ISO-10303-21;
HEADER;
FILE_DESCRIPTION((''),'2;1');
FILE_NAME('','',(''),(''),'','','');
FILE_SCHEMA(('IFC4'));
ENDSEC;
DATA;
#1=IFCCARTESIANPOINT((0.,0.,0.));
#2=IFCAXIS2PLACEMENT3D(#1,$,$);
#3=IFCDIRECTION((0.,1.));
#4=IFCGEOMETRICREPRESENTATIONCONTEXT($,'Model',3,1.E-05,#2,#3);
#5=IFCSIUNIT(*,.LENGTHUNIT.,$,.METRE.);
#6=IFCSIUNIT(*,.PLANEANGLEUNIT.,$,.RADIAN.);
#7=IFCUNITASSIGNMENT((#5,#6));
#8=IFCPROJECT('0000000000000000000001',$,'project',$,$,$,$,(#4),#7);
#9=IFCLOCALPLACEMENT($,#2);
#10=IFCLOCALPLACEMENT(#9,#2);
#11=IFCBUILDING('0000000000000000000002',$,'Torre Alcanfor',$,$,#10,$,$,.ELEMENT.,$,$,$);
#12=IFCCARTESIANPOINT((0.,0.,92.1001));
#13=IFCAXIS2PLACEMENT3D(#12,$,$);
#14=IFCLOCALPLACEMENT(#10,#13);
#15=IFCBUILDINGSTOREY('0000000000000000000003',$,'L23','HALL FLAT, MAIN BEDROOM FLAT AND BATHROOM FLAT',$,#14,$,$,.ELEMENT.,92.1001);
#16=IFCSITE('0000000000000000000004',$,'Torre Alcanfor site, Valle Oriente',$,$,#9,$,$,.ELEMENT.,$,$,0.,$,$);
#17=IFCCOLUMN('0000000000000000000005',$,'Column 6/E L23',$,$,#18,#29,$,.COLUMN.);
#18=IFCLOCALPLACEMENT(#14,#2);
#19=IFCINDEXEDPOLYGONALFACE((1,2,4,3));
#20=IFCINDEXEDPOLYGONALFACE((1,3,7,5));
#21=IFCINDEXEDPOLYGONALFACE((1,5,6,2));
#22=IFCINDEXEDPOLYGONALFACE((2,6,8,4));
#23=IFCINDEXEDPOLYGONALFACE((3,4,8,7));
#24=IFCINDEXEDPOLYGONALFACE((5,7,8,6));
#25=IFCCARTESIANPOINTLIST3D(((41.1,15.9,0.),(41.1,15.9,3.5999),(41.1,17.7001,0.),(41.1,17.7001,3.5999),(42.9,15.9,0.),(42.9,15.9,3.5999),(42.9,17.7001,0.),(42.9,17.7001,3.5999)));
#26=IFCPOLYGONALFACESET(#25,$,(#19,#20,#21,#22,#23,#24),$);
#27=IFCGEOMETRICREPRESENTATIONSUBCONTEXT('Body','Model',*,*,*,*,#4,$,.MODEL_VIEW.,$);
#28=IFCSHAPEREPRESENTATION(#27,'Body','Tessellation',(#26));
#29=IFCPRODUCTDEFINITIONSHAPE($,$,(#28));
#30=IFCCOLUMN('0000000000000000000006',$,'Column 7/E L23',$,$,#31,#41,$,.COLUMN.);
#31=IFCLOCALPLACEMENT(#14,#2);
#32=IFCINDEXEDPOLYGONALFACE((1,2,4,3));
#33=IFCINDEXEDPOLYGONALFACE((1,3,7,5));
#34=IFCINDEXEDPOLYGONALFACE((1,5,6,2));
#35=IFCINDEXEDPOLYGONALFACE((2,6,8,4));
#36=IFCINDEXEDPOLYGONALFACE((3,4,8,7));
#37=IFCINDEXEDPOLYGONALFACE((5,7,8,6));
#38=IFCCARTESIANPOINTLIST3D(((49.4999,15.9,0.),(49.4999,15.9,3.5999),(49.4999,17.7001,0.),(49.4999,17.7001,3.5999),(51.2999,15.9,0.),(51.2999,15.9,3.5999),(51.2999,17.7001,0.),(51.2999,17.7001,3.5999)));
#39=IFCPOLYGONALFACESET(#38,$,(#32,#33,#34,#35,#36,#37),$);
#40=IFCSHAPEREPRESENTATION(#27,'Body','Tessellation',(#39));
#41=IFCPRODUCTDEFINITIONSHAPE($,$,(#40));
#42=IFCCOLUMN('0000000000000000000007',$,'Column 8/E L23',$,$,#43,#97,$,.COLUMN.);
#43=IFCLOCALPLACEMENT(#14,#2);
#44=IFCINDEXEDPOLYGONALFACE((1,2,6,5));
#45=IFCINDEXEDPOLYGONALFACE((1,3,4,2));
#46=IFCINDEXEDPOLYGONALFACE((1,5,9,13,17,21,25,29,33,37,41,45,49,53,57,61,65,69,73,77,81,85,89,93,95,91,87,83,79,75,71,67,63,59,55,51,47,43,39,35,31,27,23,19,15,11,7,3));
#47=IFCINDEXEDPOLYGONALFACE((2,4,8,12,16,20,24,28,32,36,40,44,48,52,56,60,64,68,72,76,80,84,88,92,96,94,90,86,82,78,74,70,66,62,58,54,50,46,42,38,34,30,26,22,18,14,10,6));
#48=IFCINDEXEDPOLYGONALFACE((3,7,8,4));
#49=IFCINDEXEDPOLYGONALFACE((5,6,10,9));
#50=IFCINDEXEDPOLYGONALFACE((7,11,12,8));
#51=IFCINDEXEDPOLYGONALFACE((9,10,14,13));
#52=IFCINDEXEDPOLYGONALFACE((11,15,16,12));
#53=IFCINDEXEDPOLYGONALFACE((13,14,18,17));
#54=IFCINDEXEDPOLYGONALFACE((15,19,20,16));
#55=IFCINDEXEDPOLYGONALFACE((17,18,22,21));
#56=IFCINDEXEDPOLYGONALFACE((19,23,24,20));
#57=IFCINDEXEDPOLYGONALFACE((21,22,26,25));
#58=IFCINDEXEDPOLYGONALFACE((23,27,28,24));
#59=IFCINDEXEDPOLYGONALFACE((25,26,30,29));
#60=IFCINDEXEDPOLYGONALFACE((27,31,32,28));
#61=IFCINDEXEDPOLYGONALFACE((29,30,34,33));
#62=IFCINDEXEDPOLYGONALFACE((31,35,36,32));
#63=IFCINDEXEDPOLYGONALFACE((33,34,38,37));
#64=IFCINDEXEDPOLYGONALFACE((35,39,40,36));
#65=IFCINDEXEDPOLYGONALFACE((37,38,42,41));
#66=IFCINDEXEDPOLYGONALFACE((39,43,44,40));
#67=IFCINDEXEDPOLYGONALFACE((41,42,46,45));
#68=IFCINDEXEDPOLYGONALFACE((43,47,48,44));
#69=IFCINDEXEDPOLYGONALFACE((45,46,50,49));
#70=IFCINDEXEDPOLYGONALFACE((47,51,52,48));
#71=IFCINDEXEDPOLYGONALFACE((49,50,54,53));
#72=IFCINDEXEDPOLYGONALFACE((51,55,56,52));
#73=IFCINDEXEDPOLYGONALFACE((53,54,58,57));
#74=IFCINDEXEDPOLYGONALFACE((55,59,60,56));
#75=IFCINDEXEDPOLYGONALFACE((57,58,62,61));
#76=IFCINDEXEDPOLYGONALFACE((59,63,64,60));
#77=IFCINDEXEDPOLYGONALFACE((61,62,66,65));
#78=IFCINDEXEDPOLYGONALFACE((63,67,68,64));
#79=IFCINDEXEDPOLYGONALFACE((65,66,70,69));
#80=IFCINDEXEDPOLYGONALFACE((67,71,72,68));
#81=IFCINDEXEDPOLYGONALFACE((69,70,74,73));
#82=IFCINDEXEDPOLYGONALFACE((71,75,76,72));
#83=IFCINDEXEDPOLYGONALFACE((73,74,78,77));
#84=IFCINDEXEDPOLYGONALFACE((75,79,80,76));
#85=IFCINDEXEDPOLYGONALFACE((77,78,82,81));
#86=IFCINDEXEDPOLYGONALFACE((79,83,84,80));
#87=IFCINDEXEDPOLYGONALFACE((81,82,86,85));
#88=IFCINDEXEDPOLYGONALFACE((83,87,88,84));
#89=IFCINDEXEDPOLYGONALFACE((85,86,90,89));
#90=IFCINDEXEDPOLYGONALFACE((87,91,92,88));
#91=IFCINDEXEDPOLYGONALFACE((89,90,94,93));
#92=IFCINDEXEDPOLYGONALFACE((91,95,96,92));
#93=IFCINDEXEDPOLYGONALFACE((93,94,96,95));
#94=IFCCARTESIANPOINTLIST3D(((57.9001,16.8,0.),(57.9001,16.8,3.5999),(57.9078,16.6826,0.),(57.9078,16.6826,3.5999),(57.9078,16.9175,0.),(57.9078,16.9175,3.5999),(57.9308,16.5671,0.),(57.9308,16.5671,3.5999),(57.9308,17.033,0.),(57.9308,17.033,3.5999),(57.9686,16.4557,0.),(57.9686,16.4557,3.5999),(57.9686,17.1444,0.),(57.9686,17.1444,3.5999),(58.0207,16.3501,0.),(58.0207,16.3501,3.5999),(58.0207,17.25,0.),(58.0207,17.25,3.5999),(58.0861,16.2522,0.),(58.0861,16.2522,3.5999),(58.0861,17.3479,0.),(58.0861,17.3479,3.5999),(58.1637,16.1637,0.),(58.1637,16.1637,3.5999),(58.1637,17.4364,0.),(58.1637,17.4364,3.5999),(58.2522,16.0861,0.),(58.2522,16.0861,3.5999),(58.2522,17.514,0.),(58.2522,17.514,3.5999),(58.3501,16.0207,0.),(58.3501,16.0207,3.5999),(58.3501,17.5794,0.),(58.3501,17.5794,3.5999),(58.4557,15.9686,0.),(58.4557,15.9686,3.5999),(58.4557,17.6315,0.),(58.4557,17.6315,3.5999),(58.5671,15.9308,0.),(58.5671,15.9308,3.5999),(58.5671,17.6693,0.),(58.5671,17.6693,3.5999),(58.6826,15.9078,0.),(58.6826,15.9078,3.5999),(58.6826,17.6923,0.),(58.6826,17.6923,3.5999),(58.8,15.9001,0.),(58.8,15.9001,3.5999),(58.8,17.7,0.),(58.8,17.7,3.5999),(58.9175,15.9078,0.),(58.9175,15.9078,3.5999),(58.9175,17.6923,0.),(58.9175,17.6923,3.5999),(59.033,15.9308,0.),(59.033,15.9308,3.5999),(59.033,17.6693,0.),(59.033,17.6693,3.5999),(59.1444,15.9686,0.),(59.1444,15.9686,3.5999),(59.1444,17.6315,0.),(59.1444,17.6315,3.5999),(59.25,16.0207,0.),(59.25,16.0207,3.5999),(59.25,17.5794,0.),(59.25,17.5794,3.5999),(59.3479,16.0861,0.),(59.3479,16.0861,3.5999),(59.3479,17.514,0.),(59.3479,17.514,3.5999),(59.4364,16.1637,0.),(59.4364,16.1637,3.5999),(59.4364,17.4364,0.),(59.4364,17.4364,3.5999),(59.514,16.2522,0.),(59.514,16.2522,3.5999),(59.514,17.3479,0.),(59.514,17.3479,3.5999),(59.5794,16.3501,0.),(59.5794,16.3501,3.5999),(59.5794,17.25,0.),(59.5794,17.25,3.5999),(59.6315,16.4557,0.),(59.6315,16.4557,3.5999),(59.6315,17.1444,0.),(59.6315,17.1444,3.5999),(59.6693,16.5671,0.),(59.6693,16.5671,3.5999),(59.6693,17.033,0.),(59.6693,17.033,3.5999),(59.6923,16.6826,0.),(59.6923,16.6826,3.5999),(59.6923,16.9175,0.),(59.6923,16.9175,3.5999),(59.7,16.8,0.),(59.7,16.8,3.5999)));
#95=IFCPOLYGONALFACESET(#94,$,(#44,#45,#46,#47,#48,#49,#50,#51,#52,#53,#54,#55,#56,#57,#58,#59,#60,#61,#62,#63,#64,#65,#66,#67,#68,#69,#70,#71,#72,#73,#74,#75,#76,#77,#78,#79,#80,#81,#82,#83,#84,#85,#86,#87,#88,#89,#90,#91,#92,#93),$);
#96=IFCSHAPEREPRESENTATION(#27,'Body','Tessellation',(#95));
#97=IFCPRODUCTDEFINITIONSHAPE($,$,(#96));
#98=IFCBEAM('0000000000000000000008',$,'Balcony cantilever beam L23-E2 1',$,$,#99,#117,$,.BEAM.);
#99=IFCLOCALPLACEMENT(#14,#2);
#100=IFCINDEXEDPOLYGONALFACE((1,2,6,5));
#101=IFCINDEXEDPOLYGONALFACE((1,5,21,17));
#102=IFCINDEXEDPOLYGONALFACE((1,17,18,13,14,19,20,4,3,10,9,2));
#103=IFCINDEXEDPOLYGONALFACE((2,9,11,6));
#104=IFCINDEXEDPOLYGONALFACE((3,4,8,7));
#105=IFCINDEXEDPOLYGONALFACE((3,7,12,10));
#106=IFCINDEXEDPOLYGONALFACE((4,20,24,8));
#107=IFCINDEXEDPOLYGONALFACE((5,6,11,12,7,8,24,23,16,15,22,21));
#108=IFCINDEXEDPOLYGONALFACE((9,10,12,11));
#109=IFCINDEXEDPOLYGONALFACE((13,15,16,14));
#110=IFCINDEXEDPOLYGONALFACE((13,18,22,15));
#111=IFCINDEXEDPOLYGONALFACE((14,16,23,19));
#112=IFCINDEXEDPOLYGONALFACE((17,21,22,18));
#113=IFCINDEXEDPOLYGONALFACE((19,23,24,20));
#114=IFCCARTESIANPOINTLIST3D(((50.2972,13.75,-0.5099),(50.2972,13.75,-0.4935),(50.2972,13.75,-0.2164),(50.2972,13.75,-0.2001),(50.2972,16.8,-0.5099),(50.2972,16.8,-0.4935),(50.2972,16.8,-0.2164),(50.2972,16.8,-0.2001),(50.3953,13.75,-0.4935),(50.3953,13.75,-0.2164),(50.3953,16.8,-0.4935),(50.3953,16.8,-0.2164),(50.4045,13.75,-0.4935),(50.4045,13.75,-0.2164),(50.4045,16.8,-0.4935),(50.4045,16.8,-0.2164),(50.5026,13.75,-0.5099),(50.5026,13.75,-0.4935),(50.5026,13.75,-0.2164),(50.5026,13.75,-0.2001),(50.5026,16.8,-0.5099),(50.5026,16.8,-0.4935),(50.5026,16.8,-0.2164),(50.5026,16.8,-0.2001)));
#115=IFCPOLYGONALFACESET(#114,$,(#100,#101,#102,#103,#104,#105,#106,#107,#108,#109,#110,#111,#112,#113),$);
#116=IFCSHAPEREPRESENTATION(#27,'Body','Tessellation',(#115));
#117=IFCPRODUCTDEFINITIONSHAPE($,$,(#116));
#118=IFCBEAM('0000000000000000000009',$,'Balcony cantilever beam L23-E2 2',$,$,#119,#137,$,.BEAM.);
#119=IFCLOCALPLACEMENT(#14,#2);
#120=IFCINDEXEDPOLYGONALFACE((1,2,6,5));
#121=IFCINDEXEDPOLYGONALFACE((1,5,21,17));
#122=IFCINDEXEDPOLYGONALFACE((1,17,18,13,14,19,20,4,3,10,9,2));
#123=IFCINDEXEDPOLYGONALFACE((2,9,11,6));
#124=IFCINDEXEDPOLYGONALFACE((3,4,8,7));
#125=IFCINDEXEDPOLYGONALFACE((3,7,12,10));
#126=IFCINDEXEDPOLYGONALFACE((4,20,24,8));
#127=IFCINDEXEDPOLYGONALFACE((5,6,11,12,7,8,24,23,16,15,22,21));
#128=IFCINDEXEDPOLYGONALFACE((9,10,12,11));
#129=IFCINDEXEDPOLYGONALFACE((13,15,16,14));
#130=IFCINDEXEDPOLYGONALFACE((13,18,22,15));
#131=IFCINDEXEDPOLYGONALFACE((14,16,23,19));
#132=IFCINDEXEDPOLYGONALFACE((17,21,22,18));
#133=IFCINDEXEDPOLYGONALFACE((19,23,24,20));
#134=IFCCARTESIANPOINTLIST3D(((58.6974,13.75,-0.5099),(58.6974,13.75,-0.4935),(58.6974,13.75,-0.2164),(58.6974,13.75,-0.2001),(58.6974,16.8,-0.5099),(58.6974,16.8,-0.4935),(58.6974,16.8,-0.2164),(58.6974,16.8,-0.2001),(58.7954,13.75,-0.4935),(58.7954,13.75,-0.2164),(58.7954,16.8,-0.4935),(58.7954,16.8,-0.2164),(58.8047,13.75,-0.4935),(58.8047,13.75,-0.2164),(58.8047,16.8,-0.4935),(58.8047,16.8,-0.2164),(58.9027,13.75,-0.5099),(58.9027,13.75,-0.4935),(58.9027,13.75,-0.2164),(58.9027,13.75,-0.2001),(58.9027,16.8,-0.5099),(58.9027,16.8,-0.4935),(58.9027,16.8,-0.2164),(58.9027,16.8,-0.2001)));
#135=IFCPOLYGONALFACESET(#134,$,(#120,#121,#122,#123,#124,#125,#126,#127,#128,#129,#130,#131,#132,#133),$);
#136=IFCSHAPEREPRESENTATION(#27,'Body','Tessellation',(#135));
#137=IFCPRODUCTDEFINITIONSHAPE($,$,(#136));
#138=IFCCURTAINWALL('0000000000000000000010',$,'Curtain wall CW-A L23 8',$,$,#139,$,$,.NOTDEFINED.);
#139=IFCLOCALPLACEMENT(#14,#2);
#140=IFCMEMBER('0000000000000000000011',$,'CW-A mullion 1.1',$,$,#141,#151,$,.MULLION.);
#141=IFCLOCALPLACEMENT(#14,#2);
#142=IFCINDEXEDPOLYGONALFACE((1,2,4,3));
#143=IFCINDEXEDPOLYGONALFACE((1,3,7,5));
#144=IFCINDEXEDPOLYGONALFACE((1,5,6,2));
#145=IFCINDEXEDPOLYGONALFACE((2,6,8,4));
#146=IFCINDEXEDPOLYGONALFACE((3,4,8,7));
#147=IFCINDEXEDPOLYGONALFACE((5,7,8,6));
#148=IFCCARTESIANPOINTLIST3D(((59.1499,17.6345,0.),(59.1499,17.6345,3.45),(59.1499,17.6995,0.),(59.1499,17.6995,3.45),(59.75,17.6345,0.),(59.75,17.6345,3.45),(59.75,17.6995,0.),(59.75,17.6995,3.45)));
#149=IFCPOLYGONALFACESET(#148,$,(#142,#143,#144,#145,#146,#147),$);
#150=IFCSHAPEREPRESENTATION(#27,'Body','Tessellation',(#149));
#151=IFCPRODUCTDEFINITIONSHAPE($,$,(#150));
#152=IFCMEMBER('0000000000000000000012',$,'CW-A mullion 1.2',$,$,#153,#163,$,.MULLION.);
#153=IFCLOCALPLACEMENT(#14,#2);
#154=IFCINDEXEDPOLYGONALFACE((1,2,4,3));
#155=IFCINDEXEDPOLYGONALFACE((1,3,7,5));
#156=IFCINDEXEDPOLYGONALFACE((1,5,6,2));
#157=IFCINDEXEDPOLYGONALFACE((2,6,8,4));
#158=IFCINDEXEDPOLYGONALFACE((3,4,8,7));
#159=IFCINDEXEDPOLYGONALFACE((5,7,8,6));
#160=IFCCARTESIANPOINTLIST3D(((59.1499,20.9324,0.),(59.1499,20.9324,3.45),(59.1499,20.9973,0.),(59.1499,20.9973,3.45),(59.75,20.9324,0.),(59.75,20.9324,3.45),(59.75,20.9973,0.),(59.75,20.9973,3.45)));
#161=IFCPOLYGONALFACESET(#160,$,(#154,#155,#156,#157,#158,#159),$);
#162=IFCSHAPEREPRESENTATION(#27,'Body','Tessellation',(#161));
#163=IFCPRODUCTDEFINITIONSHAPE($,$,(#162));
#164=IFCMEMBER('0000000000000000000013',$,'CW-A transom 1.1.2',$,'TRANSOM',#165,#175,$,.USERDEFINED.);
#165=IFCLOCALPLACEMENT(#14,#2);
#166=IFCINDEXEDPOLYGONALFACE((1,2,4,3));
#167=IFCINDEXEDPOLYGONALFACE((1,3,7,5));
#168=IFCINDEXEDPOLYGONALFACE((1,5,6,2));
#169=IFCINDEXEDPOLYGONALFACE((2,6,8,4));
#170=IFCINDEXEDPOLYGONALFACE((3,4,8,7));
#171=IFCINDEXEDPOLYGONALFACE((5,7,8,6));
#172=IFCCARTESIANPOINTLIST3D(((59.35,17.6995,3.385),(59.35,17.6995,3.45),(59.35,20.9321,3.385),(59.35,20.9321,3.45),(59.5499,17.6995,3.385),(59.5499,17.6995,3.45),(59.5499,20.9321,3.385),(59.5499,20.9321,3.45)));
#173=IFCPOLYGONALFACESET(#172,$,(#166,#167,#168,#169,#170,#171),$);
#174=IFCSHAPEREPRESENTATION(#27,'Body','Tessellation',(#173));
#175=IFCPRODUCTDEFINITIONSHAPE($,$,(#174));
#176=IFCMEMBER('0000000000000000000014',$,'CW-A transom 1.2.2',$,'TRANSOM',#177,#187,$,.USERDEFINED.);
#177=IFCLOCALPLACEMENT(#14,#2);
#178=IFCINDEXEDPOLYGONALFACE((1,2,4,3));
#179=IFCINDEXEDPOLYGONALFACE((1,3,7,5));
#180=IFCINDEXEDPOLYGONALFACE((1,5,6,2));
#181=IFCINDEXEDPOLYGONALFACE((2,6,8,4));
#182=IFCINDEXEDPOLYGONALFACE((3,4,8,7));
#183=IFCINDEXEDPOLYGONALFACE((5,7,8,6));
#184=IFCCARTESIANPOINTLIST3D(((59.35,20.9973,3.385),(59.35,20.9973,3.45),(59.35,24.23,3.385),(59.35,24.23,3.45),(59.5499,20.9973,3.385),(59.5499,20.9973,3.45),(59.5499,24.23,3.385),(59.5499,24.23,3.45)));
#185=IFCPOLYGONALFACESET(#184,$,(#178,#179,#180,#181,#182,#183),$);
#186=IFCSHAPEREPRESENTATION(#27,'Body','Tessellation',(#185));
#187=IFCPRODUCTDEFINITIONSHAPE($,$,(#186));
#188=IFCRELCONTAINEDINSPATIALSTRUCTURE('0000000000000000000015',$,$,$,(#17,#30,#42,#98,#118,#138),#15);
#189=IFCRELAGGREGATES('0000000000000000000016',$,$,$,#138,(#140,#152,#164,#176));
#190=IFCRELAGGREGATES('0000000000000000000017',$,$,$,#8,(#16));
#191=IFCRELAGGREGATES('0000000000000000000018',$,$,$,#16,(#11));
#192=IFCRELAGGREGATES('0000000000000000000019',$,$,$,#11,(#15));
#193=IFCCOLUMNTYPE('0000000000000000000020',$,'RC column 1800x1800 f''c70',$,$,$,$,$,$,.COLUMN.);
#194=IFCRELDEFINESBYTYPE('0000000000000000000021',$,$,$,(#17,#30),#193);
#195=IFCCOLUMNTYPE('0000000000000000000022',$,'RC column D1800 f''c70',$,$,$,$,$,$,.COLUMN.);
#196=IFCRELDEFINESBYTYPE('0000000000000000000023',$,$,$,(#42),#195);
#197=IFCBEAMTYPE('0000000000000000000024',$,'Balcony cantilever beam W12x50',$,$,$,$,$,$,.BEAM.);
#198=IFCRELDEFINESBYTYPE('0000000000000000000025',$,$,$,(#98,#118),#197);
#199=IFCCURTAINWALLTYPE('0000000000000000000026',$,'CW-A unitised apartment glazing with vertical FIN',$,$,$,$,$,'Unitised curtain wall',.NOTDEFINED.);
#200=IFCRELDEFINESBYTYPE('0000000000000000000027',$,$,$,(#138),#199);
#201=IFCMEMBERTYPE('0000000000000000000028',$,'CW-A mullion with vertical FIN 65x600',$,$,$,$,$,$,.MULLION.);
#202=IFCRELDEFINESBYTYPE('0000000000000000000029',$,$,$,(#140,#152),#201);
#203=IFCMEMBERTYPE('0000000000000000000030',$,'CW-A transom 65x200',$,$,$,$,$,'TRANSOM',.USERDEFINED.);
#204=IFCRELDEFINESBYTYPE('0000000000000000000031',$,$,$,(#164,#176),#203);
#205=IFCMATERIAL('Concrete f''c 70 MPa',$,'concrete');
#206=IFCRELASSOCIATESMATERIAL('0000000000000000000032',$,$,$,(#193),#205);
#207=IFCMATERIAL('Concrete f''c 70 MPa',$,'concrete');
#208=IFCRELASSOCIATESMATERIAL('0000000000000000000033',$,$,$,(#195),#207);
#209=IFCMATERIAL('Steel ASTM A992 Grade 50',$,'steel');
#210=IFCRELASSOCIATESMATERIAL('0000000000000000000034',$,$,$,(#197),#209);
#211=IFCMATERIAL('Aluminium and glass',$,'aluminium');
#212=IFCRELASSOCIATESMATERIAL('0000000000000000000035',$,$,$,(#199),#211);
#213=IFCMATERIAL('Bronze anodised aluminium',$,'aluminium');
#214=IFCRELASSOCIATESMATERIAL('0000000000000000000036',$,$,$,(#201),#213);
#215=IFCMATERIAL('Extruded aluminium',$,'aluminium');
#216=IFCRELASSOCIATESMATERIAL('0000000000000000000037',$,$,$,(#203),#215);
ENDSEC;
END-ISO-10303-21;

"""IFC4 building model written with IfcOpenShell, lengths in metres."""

from ifc_helpers import new_model, si_unit, direction, frame, origin, origin_2d, place, context, subcontext, project, spatial, rectangle, circle, i_section, extrude, material, material_profile, profile_set, type_object, element, aggregate, save


model = new_model("IFC4")

# Units and contexts
model_context = context("Model", 3, precision=1e-05, world=origin(), true_north=direction((0.0, 1.0)))
body_context = subcontext(model_context, "Body", "Model", "MODEL_VIEW")
ifc_project = project(units=[si_unit("LENGTHUNIT", "METRE"), si_unit("PLANEANGLEUNIT", "RADIAN")], contexts=[model_context])

# Site, building, storey
site_placement = place(None, origin())
site = spatial("IfcSite", under=ifc_project, at=site_placement, Name="Torre Alcanfor site, Valle Oriente", CompositionType="ELEMENT", RefElevation=0.0)
building_placement = place(site_placement, origin())
building = spatial("IfcBuilding", under=site, at=building_placement, Name="Torre Alcanfor", CompositionType="ELEMENT")
storey_placement = place(building_placement, frame((0.0, 0.0, 92.1001)))
storey = spatial("IfcBuildingStorey", under=building, at=storey_placement, Name="L23", Description="HALL FLAT, MAIN BEDROOM FLAT AND BATHROOM FLAT", CompositionType="ELEMENT", Elevation=92.1001)

# Columns
ifc_material_1 = material(Name="Concrete f'c 70 MPa", Category="concrete")
ifc_material_profile_1 = material_profile(ifc_material_1, rectangle(XDim=1.8, YDim=1.8, at=origin_2d()), Name="1800x1800")
ifc_profile_set_1 = profile_set([ifc_material_profile_1], Name="Concrete f'c 70 MPa")
column_type_1 = type_object("IfcColumnType", Name="RC column 1800x1800 f'c70", PredefinedType="COLUMN", material=ifc_profile_set_1)
for number, where, z_axis, x_axis, name in (
    (1, (42.0, 16.8, 0.0), (0.0, 0.0, 1.0), (1.0, 0.0, 0.0), "Column 6/E L23"),
    (2, (50.3999, 16.8, 0.0), (0.0, 0.0, 1.0), (1.0, 0.0, 0.0), "Column 7/E L23"),
):
    element("IfcColumn", number, at=place(storey_placement, frame(where, z_axis=z_axis, x_axis=x_axis)), inside=storey, type_object=column_type_1, Name=name, PredefinedType="COLUMN", context=body_context, shape_type="SweptSolid", body=[
        extrude(rectangle(XDim=1.8, YDim=1.8, at=origin_2d()), origin(), (0.0, 0.0, 1.0), 3.5999),
    ])
ifc_material_2 = material(Name="Concrete f'c 70 MPa", Category="concrete")
ifc_material_profile_2 = material_profile(ifc_material_2, circle(Radius=0.8999, at=origin_2d()), Name="D1800")
ifc_profile_set_2 = profile_set([ifc_material_profile_2], Name="Concrete f'c 70 MPa")
column_type_2 = type_object("IfcColumnType", Name="RC column D1800 f'c70", PredefinedType="COLUMN", material=ifc_profile_set_2)
column_placement = place(storey_placement, frame((58.8, 16.8, 0.0), z_axis=(0.0, 0.0, 1.0), x_axis=(1.0, 0.0, 0.0)))
element("IfcColumn", 3, at=column_placement, inside=storey, type_object=column_type_2, Name="Column 8/E L23", PredefinedType="COLUMN", context=body_context, shape_type="SweptSolid", body=[
    extrude(circle(Radius=0.8999, at=origin_2d()), origin(), (0.0, 0.0, 1.0), 3.5999),
])

# Beams
ifc_material_3 = material(Name="Steel ASTM A992 Grade 50", Category="steel")
ifc_material_profile_3 = material_profile(ifc_material_3, i_section(OverallWidth=0.2053, OverallDepth=0.3098, WebThickness=0.0093, FlangeThickness=0.0164, at=origin_2d()), Name="W12x50")
ifc_profile_set_3 = profile_set([ifc_material_profile_3], Name="Steel ASTM A992 Grade 50")
beam_type_1 = type_object("IfcBeamType", Name="Balcony cantilever beam W12x50", PredefinedType="BEAM", material=ifc_profile_set_3)
for number, where, z_axis, x_axis, name in (
    (4, (50.3999, 16.8, -0.355), (0.0, -1.0, 0.0), (1.0, 0.0, 0.0), "Balcony cantilever beam L23-E2 1"),
    (5, (58.8, 16.8, -0.355), (0.0, -1.0, 0.0), (1.0, 0.0, 0.0), "Balcony cantilever beam L23-E2 2"),
):
    element("IfcBeam", number, at=place(storey_placement, frame(where, z_axis=z_axis, x_axis=x_axis)), inside=storey, type_object=beam_type_1, Name=name, PredefinedType="BEAM", context=body_context, shape_type="SweptSolid", body=[
        extrude(i_section(OverallWidth=0.2053, OverallDepth=0.3098, WebThickness=0.0093, FlangeThickness=0.0164, at=origin_2d()), origin(), (0.0, 0.0, 1.0), 3.05),
    ])

# Curtain wall, members
ifc_material_4 = material(Name="Aluminium and glass", Category="aluminium")
curtain_wall_type = type_object("IfcCurtainWallType", Name="CW-A unitised apartment glazing with vertical FIN", ElementType="Unitised curtain wall", PredefinedType="NOTDEFINED", material=ifc_material_4)
curtain_wall_placement = place(storey_placement, origin())
curtain_wall = element("IfcCurtainWall", 6, at=curtain_wall_placement, inside=storey, type_object=curtain_wall_type, Name="Curtain wall CW-A L23 8", PredefinedType="NOTDEFINED")
ifc_material_5 = material(Name="Bronze anodised aluminium", Category="aluminium")
ifc_material_profile_4 = material_profile(ifc_material_5, rectangle(XDim=0.6001, YDim=0.0649, at=origin_2d()), Name="CW-A mullion 65x600")
ifc_profile_set_4 = profile_set([ifc_material_profile_4], Name="Bronze anodised aluminium")
member_type_1 = type_object("IfcMemberType", Name="CW-A mullion with vertical FIN 65x600", PredefinedType="MULLION", material=ifc_profile_set_4)
member_1_placement = place(storey_placement, frame((59.45, 17.667, 0.0), z_axis=(0.0, 0.0, 1.0), x_axis=(-1.0, 0.0, 0.0)))
member_1 = element("IfcMember", 7, at=member_1_placement, type_object=member_type_1, Name="CW-A mullion 1.1", PredefinedType="MULLION", context=body_context, shape_type="SweptSolid", body=[
    extrude(rectangle(XDim=0.6001, YDim=0.0649, at=origin_2d()), origin(), (0.0, 0.0, 1.0), 3.45),
])
member_2_placement = place(storey_placement, frame((59.45, 20.9648, 0.0), z_axis=(0.0, 0.0, 1.0), x_axis=(-1.0, 0.0, 0.0)))
member_2 = element("IfcMember", 8, at=member_2_placement, type_object=member_type_1, Name="CW-A mullion 1.2", PredefinedType="MULLION", context=body_context, shape_type="SweptSolid", body=[
    extrude(rectangle(XDim=0.6001, YDim=0.0649, at=origin_2d()), origin(), (0.0, 0.0, 1.0), 3.45),
])
ifc_material_6 = material(Name="Extruded aluminium", Category="aluminium")
ifc_material_profile_5 = material_profile(ifc_material_6, rectangle(XDim=0.2, YDim=0.0649, at=origin_2d()), Name="CW-A transom 200x65")
ifc_profile_set_5 = profile_set([ifc_material_profile_5], Name="Extruded aluminium")
member_type_2 = type_object("IfcMemberType", Name="CW-A transom 65x200", ElementType="TRANSOM", PredefinedType="USERDEFINED", material=ifc_profile_set_5)
member_3_placement = place(storey_placement, frame((59.45, 17.6995, 3.4175), z_axis=(0.0, 1.0, 0.0), x_axis=(-1.0, 0.0, 0.0)))
member_3 = element("IfcMember", 9, at=member_3_placement, type_object=member_type_2, Name="CW-A transom 1.1.2", ObjectType="TRANSOM", PredefinedType="USERDEFINED", context=body_context, shape_type="SweptSolid", body=[
    extrude(rectangle(XDim=0.2, YDim=0.0649, at=origin_2d()), origin(), (0.0, 0.0, 1.0), 3.2327),
])
member_4_placement = place(storey_placement, frame((59.45, 20.9973, 3.4175), z_axis=(0.0, 1.0, 0.0), x_axis=(-1.0, 0.0, 0.0)))
member_4 = element("IfcMember", 10, at=member_4_placement, type_object=member_type_2, Name="CW-A transom 1.2.2", ObjectType="TRANSOM", PredefinedType="USERDEFINED", context=body_context, shape_type="SweptSolid", body=[
    extrude(rectangle(XDim=0.2, YDim=0.0649, at=origin_2d()), origin(), (0.0, 0.0, 1.0), 3.2327),
])

aggregate(curtain_wall, [member_1, member_2, member_3, member_4])

save(model, "model.ifc")
